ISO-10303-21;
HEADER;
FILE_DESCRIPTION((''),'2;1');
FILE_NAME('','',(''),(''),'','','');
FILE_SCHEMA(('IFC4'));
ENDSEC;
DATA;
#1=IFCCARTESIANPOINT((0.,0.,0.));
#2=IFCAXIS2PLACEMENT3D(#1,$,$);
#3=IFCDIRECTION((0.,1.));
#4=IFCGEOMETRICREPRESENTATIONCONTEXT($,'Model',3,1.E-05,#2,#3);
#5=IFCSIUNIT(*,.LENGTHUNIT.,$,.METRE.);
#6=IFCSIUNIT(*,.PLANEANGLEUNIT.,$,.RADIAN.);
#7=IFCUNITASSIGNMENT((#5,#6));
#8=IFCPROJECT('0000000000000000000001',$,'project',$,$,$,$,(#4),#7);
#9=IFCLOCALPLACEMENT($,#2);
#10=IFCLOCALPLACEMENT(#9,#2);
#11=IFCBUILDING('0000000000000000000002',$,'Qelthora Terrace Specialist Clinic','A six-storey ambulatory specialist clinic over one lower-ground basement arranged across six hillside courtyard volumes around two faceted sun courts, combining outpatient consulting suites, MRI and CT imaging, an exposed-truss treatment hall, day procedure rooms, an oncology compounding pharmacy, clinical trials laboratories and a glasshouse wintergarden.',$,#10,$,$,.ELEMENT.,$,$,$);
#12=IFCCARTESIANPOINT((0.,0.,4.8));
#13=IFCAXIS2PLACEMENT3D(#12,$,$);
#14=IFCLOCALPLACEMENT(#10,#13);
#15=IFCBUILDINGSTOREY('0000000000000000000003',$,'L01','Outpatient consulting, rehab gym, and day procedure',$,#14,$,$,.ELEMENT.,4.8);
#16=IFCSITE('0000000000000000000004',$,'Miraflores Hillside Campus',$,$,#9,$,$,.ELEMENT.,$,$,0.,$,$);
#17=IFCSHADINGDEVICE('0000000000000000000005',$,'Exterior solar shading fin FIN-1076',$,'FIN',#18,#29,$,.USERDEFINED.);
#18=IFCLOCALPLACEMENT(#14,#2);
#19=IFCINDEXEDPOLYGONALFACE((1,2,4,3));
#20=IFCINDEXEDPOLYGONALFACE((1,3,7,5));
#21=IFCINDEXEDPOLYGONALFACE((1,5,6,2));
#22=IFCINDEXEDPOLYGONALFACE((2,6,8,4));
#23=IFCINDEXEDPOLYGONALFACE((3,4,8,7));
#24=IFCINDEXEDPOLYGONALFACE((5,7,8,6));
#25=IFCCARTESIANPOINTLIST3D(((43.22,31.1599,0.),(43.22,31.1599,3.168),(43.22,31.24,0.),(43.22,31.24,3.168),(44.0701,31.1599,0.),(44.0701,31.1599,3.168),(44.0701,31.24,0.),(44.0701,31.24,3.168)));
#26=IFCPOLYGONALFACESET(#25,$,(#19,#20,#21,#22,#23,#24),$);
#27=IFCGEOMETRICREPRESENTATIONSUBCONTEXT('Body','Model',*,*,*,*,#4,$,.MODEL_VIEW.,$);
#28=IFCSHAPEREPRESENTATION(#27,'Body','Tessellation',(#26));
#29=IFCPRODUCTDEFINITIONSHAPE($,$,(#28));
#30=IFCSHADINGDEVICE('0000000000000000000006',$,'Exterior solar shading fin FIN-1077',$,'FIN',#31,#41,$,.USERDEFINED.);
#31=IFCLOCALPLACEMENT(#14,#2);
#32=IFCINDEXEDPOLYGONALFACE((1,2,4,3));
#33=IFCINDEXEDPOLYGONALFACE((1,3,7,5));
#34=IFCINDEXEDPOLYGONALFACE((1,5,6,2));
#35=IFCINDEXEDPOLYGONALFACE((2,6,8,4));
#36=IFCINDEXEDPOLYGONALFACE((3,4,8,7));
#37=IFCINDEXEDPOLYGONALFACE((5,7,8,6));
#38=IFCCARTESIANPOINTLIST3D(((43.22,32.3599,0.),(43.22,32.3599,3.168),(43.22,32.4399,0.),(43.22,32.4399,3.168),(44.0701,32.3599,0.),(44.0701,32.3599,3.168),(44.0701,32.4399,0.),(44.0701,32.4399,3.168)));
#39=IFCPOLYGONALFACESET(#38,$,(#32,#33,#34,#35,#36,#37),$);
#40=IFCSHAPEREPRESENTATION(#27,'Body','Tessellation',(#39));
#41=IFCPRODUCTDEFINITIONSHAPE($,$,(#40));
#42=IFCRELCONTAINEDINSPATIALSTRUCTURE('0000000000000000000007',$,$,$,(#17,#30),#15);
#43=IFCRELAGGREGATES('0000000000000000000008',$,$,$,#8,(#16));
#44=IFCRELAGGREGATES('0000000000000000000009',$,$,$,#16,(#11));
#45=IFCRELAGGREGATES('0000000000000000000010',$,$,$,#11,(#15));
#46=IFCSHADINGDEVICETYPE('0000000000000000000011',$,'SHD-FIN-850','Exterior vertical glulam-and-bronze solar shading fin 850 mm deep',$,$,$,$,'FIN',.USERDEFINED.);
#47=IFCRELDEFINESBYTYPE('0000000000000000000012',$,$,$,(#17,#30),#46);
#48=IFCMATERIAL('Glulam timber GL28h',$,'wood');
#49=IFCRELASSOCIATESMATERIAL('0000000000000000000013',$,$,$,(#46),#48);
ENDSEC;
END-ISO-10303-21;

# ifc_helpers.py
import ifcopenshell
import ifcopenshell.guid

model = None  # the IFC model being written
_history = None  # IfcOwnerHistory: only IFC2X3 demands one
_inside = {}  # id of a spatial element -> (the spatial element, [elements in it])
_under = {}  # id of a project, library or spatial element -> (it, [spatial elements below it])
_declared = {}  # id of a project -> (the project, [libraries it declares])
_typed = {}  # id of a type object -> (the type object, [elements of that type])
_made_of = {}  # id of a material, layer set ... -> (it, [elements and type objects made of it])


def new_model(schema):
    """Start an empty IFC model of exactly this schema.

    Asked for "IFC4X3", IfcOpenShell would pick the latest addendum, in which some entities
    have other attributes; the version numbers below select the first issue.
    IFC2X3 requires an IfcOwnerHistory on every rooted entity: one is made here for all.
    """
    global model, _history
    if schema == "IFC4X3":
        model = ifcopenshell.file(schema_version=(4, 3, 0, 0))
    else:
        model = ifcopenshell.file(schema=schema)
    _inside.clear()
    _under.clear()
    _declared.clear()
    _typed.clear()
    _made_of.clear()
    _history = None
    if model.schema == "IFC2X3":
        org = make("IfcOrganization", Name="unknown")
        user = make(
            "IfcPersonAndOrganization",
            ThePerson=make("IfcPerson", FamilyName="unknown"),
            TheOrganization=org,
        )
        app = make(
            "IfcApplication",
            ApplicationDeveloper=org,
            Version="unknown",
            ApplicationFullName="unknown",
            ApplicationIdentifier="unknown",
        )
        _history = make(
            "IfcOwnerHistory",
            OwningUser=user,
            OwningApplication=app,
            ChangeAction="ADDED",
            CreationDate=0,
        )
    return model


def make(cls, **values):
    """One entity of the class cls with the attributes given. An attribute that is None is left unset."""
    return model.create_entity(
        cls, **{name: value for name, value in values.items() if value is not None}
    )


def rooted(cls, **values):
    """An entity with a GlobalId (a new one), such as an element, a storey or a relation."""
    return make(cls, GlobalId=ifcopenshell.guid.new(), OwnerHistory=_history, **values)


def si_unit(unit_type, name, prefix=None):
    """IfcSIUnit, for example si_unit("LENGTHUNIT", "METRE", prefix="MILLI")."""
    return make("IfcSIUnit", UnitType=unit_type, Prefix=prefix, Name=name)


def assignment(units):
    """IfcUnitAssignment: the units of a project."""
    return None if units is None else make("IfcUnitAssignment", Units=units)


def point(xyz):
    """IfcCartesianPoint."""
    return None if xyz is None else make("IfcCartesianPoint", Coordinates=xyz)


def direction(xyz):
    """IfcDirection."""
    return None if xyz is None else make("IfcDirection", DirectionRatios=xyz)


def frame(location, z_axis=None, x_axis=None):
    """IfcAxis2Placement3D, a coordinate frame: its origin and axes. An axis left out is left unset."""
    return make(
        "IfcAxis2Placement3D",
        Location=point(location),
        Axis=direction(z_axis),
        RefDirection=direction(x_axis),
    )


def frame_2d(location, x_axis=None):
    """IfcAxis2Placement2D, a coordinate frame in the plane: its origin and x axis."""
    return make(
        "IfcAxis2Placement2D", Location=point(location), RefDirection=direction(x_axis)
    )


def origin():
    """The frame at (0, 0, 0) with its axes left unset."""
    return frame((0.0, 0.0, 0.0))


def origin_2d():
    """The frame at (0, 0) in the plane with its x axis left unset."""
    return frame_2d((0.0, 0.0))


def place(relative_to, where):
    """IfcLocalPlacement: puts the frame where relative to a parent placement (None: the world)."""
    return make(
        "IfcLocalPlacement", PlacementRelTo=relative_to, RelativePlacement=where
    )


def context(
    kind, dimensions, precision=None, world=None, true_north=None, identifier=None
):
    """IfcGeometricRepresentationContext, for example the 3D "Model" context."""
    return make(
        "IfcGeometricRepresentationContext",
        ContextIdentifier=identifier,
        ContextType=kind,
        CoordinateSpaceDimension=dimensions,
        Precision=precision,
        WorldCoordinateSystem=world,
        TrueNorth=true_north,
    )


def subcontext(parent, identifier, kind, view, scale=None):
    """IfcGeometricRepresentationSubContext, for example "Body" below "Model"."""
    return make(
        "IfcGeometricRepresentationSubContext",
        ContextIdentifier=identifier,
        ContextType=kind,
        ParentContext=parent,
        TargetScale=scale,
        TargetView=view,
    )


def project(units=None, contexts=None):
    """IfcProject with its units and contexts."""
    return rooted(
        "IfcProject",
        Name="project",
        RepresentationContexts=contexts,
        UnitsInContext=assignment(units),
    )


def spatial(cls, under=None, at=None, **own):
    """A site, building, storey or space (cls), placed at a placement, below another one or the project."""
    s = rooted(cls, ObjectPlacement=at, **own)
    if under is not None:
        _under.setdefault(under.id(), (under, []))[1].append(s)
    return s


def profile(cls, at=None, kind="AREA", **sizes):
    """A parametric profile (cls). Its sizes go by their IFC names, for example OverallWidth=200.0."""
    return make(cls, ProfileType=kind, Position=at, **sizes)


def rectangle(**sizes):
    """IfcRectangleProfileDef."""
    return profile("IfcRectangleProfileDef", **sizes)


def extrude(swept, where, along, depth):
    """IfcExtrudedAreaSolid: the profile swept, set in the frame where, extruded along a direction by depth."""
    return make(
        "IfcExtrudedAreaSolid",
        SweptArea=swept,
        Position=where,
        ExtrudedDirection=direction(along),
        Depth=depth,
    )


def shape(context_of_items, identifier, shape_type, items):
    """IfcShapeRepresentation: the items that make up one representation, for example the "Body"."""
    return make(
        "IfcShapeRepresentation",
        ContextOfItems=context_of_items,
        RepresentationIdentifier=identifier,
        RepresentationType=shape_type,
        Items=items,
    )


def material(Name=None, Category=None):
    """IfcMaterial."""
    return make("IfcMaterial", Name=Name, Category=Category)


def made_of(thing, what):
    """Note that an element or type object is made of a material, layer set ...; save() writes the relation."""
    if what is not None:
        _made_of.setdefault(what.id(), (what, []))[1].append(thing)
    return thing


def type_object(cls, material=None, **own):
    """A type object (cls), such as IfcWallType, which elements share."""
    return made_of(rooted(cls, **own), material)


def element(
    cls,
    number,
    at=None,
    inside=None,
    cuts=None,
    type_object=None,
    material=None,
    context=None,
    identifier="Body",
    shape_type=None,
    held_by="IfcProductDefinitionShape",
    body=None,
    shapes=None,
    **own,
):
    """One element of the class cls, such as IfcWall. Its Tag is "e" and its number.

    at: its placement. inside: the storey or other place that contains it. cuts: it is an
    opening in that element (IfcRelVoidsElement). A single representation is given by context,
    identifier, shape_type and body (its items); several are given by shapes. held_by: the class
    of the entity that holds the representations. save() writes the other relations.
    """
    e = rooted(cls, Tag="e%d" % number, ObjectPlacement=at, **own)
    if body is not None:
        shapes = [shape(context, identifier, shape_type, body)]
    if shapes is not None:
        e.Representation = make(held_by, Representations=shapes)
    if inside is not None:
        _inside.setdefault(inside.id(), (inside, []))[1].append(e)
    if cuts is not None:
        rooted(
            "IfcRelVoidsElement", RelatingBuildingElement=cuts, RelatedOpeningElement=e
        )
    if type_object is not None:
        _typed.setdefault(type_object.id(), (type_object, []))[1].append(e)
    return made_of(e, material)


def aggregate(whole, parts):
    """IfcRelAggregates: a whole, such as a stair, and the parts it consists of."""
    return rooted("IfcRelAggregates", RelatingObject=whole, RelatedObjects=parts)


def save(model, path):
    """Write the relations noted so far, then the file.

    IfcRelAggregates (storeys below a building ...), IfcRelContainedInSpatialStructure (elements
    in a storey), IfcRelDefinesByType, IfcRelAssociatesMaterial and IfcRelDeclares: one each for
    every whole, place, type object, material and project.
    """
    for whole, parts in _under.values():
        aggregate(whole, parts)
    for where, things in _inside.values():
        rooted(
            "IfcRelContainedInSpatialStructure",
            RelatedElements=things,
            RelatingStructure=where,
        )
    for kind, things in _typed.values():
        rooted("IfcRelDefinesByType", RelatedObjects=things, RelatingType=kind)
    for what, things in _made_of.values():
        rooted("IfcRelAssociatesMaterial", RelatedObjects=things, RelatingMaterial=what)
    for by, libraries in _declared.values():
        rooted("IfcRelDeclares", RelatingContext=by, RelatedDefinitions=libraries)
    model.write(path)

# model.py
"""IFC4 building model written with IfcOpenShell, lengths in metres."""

from ifc_helpers import new_model, si_unit, direction, frame, origin, origin_2d, place, context, subcontext, project, spatial, rectangle, extrude, material, type_object, element, save


model = new_model("IFC4")

# Units and contexts
model_context = context("Model", 3, precision=1e-05, world=origin(), true_north=direction((0.0, 1.0)))
body_context = subcontext(model_context, "Body", "Model", "MODEL_VIEW")
ifc_project = project(units=[si_unit("LENGTHUNIT", "METRE"), si_unit("PLANEANGLEUNIT", "RADIAN")], contexts=[model_context])

# Site, building, storey
site_placement = place(None, origin())
site = spatial("IfcSite", under=ifc_project, at=site_placement, Name="Miraflores Hillside Campus", CompositionType="ELEMENT", RefElevation=0.0)
building_placement = place(site_placement, origin())
building = spatial("IfcBuilding", under=site, at=building_placement, Name="Qelthora Terrace Specialist Clinic", Description="A six-storey ambulatory specialist clinic over one lower-ground basement arranged across six hillside courtyard volumes around two faceted sun courts, combining outpatient consulting suites, MRI and CT imaging, an exposed-truss treatment hall, day procedure rooms, an oncology compounding pharmacy, clinical trials laboratories and a glasshouse wintergarden.", CompositionType="ELEMENT")
storey_placement = place(building_placement, frame((0.0, 0.0, 4.8)))
storey = spatial("IfcBuildingStorey", under=building, at=storey_placement, Name="L01", Description="Outpatient consulting, rehab gym, and day procedure", CompositionType="ELEMENT", Elevation=4.8)

# Shared definitions
ifc_material_1 = material(Name="Glulam timber GL28h", Category="wood")

# Shading devices
shading_device_type = type_object("IfcShadingDeviceType", Name="SHD-FIN-850", Description="Exterior vertical glulam-and-bronze solar shading fin 850 mm deep", ElementType="FIN", PredefinedType="USERDEFINED", material=ifc_material_1)
for number, where, z_axis, x_axis, name in (
    (1, (43.645, 31.2, 0.0), (0.0, 0.0, 1.0), (1.0, 0.0, 0.0), "Exterior solar shading fin FIN-1076"),
    (2, (43.645, 32.3999, 0.0), (0.0, 0.0, 1.0), (1.0, 0.0, 0.0), "Exterior solar shading fin FIN-1077"),
):
    element("IfcShadingDevice", number, at=place(storey_placement, frame(where, z_axis=z_axis, x_axis=x_axis)), inside=storey, type_object=shading_device_type, Name=name, ObjectType="FIN", PredefinedType="USERDEFINED", context=body_context, shape_type="SweptSolid", body=[
        extrude(rectangle(XDim=0.8501, YDim=0.0801, at=origin_2d()), origin(), (0.0, 0.0, 1.0), 3.168),
    ])

save(model, "model.ifc")
